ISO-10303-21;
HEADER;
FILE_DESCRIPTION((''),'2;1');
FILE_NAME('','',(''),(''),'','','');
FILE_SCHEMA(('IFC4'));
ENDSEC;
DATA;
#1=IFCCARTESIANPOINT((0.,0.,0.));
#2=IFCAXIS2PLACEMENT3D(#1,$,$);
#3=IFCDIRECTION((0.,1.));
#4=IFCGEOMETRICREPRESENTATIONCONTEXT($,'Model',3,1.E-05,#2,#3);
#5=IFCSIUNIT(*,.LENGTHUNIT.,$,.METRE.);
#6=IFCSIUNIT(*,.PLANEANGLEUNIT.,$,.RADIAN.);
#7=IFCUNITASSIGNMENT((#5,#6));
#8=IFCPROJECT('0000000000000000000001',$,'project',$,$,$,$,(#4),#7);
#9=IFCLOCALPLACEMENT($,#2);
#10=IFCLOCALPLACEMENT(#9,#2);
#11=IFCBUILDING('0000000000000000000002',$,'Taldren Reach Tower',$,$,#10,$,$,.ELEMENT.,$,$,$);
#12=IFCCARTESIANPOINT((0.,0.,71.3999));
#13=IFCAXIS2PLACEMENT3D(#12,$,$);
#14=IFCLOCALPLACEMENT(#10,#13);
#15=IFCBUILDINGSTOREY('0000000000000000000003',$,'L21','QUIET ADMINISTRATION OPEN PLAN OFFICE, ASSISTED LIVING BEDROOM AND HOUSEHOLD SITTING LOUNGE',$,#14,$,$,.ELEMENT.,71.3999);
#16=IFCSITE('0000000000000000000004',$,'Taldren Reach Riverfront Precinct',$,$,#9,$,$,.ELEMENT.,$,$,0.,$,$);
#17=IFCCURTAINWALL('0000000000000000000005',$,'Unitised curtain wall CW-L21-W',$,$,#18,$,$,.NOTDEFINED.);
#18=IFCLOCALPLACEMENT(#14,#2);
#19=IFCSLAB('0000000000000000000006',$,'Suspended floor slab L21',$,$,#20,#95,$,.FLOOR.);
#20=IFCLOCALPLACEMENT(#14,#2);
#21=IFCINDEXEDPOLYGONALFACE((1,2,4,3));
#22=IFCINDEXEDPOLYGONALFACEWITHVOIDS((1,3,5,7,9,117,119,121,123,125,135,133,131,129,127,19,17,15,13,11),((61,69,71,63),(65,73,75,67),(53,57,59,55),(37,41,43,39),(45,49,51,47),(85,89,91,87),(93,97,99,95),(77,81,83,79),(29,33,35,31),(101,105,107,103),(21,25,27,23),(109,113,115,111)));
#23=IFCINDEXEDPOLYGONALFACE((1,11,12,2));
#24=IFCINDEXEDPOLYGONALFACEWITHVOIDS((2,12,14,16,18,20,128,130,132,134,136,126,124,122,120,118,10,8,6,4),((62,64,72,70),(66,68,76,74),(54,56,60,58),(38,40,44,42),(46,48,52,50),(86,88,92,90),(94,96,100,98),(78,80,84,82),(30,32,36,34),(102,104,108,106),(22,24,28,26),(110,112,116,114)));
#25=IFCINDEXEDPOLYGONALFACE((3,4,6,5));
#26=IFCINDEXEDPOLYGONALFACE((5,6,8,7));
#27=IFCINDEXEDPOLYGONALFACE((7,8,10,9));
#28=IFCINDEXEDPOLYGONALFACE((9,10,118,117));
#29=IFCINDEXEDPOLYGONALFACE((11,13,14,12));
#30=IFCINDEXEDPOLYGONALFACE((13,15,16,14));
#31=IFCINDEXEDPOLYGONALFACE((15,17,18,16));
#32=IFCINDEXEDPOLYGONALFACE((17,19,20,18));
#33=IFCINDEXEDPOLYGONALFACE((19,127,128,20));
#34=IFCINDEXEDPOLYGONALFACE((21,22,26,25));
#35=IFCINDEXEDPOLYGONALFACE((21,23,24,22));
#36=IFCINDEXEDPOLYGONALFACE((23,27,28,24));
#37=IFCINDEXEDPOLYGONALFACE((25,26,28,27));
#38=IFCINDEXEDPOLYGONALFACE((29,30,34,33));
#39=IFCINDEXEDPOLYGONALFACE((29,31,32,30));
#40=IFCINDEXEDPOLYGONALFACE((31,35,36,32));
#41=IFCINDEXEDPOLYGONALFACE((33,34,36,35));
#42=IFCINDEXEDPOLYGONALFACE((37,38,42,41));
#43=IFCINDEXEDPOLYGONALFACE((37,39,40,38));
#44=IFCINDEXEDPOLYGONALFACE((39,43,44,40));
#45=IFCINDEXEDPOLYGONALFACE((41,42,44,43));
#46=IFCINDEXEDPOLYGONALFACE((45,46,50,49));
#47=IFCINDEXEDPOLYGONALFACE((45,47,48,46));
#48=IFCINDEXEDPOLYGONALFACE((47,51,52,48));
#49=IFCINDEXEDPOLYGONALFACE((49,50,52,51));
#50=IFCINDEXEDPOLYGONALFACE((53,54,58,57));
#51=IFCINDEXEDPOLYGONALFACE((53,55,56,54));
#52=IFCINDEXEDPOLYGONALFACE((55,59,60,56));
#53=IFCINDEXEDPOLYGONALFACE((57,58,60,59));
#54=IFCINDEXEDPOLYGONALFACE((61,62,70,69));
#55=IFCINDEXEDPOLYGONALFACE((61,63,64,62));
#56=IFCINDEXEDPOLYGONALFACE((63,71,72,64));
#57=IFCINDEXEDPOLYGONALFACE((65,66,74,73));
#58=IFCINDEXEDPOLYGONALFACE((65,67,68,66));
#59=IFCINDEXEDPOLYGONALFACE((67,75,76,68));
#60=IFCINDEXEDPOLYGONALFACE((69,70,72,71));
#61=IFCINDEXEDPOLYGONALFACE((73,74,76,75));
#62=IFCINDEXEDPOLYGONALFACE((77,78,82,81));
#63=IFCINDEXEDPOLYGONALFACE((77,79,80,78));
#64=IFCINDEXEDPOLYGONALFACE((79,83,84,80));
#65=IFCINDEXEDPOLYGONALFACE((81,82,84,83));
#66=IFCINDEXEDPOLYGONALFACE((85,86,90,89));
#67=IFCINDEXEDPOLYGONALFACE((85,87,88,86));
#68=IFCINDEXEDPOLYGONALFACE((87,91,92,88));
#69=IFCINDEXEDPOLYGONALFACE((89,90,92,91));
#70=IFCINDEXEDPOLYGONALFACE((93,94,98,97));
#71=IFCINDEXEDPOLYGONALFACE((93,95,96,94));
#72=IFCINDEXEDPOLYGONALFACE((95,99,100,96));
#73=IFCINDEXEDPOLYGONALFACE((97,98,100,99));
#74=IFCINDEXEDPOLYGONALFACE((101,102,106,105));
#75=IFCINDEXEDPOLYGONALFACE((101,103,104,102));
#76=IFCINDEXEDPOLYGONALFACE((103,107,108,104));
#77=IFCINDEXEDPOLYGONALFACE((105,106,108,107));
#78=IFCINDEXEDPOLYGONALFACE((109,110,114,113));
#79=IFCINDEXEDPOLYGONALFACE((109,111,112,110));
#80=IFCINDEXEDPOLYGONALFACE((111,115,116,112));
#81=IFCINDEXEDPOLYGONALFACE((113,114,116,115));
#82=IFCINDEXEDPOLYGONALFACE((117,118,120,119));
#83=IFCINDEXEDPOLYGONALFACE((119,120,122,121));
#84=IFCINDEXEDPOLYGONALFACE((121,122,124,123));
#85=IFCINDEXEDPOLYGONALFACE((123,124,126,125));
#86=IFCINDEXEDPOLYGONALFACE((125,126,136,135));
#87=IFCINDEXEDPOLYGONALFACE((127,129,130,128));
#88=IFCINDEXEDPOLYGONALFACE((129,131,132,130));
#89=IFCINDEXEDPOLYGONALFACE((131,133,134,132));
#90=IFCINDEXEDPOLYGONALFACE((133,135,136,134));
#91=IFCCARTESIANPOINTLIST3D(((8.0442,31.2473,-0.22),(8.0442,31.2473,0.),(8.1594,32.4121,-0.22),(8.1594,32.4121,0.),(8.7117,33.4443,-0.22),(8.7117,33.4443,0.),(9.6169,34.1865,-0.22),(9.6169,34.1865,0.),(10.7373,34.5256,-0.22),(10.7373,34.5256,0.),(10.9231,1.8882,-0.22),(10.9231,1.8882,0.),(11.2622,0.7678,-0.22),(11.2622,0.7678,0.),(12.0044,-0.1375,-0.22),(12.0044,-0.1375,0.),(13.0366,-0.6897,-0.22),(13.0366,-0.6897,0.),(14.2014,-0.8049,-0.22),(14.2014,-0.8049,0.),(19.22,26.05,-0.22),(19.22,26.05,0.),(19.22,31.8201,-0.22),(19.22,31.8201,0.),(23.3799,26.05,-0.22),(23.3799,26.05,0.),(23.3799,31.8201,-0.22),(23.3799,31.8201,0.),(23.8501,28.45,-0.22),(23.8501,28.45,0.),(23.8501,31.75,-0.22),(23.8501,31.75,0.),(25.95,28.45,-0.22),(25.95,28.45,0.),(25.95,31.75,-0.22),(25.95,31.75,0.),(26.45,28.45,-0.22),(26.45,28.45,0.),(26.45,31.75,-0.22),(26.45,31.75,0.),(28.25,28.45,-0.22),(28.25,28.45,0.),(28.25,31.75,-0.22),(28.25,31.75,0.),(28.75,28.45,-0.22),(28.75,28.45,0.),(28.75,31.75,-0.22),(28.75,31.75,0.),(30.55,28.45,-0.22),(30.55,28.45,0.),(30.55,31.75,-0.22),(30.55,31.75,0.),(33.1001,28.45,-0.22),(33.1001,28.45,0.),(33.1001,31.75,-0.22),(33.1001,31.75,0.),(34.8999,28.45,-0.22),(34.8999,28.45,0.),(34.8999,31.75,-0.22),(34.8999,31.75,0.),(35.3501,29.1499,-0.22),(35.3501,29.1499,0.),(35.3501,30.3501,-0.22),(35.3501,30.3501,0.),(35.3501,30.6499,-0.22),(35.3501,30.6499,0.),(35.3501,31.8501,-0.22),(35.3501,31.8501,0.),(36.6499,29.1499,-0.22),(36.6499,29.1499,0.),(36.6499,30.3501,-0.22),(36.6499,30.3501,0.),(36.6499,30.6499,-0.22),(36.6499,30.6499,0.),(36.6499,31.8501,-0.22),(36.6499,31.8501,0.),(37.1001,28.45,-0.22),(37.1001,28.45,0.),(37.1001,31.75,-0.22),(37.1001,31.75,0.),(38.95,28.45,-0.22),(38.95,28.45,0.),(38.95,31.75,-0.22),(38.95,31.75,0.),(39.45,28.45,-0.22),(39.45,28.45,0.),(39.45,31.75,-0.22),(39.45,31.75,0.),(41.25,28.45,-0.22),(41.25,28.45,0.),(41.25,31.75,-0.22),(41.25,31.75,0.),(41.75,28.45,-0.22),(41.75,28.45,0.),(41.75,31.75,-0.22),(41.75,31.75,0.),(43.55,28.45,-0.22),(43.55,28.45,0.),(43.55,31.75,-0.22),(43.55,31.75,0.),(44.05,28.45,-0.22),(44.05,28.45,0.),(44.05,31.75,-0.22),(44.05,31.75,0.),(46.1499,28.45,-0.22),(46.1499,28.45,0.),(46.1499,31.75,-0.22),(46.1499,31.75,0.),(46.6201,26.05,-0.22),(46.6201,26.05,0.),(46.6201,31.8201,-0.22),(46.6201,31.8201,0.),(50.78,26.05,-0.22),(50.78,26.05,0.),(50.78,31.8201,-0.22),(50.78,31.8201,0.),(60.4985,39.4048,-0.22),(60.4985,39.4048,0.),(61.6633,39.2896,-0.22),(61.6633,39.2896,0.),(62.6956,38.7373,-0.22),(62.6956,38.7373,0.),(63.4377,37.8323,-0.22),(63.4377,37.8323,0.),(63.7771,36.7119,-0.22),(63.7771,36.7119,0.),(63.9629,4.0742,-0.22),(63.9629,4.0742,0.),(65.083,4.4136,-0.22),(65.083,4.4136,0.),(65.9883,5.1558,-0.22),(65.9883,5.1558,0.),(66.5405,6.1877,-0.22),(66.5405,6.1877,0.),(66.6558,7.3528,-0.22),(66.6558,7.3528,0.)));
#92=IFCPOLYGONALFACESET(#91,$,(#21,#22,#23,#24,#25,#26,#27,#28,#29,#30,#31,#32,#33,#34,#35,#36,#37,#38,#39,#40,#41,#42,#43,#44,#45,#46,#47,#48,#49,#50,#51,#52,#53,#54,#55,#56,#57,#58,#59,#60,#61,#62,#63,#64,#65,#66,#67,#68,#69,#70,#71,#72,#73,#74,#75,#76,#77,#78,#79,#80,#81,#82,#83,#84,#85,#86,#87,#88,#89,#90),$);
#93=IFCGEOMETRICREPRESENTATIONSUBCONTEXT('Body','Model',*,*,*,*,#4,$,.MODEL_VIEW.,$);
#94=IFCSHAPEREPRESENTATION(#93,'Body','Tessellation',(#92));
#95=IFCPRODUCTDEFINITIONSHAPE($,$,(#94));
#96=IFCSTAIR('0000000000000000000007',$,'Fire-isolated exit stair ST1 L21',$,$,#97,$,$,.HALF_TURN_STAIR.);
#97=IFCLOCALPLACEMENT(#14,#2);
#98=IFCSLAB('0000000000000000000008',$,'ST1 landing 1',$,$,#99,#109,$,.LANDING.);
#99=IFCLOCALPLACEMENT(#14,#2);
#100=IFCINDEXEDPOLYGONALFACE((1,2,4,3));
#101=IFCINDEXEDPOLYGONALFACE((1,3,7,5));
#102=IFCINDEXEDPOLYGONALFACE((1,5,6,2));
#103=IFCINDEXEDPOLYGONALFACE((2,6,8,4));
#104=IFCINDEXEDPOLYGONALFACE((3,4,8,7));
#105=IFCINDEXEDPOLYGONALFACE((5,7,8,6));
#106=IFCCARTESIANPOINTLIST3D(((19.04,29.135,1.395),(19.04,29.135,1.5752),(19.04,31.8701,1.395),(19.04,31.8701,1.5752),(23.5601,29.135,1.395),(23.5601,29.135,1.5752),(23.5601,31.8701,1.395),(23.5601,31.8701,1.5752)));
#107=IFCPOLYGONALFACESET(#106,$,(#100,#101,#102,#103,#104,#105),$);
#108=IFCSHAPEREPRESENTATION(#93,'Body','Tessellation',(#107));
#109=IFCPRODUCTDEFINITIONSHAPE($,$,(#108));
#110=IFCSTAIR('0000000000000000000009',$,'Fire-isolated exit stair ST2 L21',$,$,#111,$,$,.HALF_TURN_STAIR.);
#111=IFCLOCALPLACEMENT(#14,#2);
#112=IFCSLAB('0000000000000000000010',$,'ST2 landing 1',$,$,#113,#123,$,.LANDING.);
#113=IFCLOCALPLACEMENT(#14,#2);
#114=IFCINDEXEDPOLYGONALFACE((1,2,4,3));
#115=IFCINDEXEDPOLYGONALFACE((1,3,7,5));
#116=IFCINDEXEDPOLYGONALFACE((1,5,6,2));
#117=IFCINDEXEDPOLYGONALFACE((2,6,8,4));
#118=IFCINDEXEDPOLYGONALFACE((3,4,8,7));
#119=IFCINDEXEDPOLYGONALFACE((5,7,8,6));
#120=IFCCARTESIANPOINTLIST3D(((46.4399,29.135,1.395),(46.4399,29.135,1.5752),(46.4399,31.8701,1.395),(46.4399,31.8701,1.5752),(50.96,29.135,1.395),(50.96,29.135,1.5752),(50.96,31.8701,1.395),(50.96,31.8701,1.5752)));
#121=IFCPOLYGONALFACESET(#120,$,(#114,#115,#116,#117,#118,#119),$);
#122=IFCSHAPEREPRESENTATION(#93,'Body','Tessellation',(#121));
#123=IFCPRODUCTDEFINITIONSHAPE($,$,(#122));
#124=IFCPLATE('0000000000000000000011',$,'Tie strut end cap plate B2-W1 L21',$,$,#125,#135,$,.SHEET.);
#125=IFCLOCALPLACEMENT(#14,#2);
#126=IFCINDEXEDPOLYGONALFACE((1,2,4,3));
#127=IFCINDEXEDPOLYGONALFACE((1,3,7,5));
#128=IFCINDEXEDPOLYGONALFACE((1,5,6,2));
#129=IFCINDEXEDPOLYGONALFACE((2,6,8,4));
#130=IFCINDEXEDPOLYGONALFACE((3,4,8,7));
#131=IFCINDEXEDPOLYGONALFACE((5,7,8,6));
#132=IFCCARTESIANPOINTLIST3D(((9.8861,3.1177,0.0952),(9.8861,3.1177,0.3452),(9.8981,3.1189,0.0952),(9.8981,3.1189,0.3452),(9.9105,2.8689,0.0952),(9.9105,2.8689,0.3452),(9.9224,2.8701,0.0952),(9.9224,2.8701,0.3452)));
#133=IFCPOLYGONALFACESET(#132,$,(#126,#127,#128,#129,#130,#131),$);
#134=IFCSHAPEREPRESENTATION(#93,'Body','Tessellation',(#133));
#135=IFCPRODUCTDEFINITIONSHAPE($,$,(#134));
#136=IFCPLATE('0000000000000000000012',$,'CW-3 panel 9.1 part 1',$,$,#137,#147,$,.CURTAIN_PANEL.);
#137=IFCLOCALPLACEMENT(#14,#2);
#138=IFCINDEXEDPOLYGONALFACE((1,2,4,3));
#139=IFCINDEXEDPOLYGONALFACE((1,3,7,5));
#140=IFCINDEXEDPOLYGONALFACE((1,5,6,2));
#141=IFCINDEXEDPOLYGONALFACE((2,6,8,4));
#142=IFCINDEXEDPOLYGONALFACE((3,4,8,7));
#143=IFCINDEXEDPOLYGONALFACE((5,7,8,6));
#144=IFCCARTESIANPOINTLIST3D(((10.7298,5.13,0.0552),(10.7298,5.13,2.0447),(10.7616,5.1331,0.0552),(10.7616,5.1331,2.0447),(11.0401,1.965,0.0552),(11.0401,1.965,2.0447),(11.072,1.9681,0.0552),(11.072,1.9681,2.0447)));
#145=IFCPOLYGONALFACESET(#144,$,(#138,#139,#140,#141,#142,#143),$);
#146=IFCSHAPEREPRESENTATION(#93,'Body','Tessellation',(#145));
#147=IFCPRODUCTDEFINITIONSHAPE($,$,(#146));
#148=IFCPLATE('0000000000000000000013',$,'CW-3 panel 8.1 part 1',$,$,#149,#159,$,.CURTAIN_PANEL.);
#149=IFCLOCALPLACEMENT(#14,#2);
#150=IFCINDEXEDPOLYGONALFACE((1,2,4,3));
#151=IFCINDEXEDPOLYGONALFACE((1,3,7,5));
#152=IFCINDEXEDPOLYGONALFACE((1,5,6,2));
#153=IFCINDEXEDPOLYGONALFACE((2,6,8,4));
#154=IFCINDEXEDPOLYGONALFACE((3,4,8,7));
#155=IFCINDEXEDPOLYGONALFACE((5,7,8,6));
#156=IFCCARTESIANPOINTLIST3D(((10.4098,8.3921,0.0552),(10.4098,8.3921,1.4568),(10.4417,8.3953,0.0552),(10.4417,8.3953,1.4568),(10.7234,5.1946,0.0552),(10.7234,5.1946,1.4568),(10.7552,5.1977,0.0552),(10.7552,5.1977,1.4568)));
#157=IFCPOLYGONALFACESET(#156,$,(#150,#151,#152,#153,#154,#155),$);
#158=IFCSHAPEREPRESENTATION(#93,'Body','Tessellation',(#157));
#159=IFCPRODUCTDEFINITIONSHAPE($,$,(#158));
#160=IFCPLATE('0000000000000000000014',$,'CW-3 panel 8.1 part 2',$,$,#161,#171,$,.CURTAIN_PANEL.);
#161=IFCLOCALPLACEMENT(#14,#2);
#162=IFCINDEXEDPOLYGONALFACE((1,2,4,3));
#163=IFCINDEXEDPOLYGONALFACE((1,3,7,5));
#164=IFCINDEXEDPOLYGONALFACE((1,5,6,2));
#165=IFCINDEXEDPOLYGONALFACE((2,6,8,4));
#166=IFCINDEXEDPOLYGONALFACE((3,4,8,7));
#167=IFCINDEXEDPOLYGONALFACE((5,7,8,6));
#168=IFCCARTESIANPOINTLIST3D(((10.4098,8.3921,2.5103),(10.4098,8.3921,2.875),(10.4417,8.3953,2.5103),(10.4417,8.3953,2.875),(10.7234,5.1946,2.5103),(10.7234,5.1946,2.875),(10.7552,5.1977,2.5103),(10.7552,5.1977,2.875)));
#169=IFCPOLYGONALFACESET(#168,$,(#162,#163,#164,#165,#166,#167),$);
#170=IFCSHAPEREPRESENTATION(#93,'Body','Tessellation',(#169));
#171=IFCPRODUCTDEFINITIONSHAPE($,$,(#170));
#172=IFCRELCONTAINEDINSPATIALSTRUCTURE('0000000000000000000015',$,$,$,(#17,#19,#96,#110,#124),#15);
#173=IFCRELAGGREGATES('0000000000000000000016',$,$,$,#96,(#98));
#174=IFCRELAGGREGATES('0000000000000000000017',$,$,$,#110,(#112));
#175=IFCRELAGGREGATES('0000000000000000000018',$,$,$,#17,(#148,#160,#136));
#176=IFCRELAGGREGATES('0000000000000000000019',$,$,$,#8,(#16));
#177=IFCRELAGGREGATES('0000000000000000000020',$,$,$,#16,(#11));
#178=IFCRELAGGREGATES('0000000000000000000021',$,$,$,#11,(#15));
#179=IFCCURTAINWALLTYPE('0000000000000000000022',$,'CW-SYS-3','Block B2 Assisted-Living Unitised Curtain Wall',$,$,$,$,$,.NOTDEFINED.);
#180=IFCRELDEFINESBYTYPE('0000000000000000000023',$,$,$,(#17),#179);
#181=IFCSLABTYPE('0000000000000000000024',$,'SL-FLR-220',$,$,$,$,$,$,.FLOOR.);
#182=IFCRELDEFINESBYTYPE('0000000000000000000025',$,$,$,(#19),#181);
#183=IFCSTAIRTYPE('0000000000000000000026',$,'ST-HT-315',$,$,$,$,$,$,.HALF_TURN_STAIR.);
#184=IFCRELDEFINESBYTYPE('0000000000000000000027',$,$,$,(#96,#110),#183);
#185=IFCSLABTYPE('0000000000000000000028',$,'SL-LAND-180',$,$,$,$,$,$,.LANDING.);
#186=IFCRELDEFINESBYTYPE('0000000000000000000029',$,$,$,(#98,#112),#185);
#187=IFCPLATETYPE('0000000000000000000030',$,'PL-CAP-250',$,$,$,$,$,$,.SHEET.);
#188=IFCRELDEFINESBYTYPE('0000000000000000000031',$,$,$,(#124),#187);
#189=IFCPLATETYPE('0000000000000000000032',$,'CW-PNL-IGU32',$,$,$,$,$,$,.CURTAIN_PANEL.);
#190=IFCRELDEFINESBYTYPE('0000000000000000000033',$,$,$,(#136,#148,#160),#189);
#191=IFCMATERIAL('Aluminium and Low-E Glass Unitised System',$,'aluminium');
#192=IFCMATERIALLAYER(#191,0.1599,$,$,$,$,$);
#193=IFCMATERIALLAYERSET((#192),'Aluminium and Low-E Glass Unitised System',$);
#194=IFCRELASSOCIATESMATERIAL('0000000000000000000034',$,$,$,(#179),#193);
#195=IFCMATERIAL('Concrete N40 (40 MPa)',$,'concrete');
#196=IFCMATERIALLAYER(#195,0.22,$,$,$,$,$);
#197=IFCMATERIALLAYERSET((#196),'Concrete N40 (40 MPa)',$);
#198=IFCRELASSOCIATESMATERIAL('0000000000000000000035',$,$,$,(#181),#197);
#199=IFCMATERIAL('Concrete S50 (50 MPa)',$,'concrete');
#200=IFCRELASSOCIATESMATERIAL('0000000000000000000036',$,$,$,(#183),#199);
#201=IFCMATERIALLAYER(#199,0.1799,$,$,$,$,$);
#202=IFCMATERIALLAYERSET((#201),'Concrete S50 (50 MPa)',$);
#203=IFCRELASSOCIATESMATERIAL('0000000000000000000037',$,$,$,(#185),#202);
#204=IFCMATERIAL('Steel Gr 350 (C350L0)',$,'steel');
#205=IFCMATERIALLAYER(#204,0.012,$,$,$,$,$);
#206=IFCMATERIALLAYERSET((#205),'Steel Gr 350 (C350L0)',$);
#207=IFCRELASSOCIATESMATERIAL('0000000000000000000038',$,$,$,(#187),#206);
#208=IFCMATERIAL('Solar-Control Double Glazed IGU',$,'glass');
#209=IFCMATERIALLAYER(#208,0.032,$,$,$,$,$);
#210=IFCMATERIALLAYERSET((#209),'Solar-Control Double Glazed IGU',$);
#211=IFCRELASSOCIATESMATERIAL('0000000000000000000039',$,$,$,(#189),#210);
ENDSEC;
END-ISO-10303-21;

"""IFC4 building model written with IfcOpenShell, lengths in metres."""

from ifc_helpers import new_model, si_unit, direction, frame, origin, origin_2d, place, context, subcontext, project, spatial, polyline, rectangle, outline, extrude, source, transform, mapped, material, layer, layer_set, type_object, element, aggregate, save


model = new_model("IFC4")

# Units and contexts
model_context = context("Model", 3, precision=1e-05, world=origin(), true_north=direction((0.0, 1.0)))
body_context = subcontext(model_context, "Body", "Model", "MODEL_VIEW")
ifc_project = project(units=[si_unit("LENGTHUNIT", "METRE"), si_unit("PLANEANGLEUNIT", "RADIAN")], contexts=[model_context])

# Site, building, storey
site_placement = place(None, origin())
site = spatial("IfcSite", under=ifc_project, at=site_placement, Name="Taldren Reach Riverfront Precinct", CompositionType="ELEMENT", RefElevation=0.0)
building_placement = place(site_placement, origin())
building = spatial("IfcBuilding", under=site, at=building_placement, Name="Taldren Reach Tower", CompositionType="ELEMENT")
storey_placement = place(building_placement, frame((0.0, 0.0, 71.3999)))
storey = spatial("IfcBuildingStorey", under=building, at=storey_placement, Name="L21", Description="QUIET ADMINISTRATION OPEN PLAN OFFICE, ASSISTED LIVING BEDROOM AND HOUSEHOLD SITTING LOUNGE", CompositionType="ELEMENT", Elevation=71.3999)

# Shared definitions
ifc_material_1 = material(Name="Steel Gr 350 (C350L0)", Category="steel")

# Curtain wall
ifc_material_2 = material(Name="Aluminium and Low-E Glass Unitised System", Category="aluminium")
ifc_layer_1 = layer(ifc_material_2, 0.1599)
ifc_layer_set_1 = layer_set([ifc_layer_1], Name="Aluminium and Low-E Glass Unitised System")
curtain_wall_type = type_object("IfcCurtainWallType", Name="CW-SYS-3", Description="Block B2 Assisted-Living Unitised Curtain Wall", PredefinedType="NOTDEFINED", material=ifc_layer_set_1)
curtain_wall_placement = place(storey_placement, origin())
curtain_wall = element("IfcCurtainWall", 1, at=curtain_wall_placement, inside=storey, type_object=curtain_wall_type, Name="Unitised curtain wall CW-L21-W", PredefinedType="NOTDEFINED")

# Slab
ifc_material_3 = material(Name="Concrete N40 (40 MPa)", Category="concrete")
ifc_layer_2 = layer(ifc_material_3, 0.22)
ifc_layer_set_2 = layer_set([ifc_layer_2], Name="Concrete N40 (40 MPa)")
slab_type_1 = type_object("IfcSlabType", Name="SL-FLR-220", PredefinedType="FLOOR", material=ifc_layer_set_2)
slab_1_placement = place(storey_placement, frame((0.0, 0.0, -0.22)))
element("IfcSlab", 2, at=slab_1_placement, inside=storey, type_object=slab_type_1, Name="Suspended floor slab L21", PredefinedType="FLOOR", context=body_context, shape_type="SweptSolid", body=[
    extrude(outline(polyline([(63.9629, 4.0742), (65.083, 4.4136), (65.9883, 5.1558), (66.5405, 6.1877), (66.6558, 7.3528), (63.7771, 36.7119), (63.4377, 37.8323), (62.6956, 38.7373), (61.6633, 39.2896), (60.4985, 39.4048), (10.7373, 34.5256), (9.6169, 34.1865), (8.7117, 33.4443), (8.1594, 32.4121), (8.0442, 31.2473), (10.9231, 1.8882), (11.2622, 0.7678), (12.0044, -0.1375), (13.0366, -0.6897), (14.2014, -0.8049), (63.9629, 4.0742)]), holes=[polyline([(19.22, 26.05), (23.3799, 26.05), (23.3799, 31.8201), (19.22, 31.8201), (19.22, 26.05)]), polyline([(46.6201, 26.05), (50.78, 26.05), (50.78, 31.8201), (46.6201, 31.8201), (46.6201, 26.05)]), polyline([(23.8501, 28.45), (25.95, 28.45), (25.95, 31.75), (23.8501, 31.75), (23.8501, 28.45)]), polyline([(44.05, 28.45), (46.1499, 28.45), (46.1499, 31.75), (44.05, 31.75), (44.05, 28.45)]), polyline([(26.45, 28.45), (28.25, 28.45), (28.25, 31.75), (26.45, 31.75), (26.45, 28.45)]), polyline([(28.75, 28.45), (30.55, 28.45), (30.55, 31.75), (28.75, 31.75), (28.75, 28.45)]), polyline([(33.1001, 28.45), (34.8999, 28.45), (34.8999, 31.75), (33.1001, 31.75), (33.1001, 28.45)]), polyline([(37.1001, 28.45), (38.95, 28.45), (38.95, 31.75), (37.1001, 31.75), (37.1001, 28.45)]), polyline([(39.45, 28.45), (41.25, 28.45), (41.25, 31.75), (39.45, 31.75), (39.45, 28.45)]), polyline([(41.75, 28.45), (43.55, 28.45), (43.55, 31.75), (41.75, 31.75), (41.75, 28.45)]), polyline([(35.3501, 30.6499), (36.6499, 30.6499), (36.6499, 31.8501), (35.3501, 31.8501), (35.3501, 30.6499)]), polyline([(35.3501, 29.1499), (36.6499, 29.1499), (36.6499, 30.3501), (35.3501, 30.3501), (35.3501, 29.1499)])]), origin(), (0.0, 0.0, 1.0), 0.22),
])

# Stairs, slabs
ifc_material_4 = material(Name="Concrete S50 (50 MPa)", Category="concrete")
stair_type = type_object("IfcStairType", Name="ST-HT-315", PredefinedType="HALF_TURN_STAIR", material=ifc_material_4)
stair_1_placement = place(storey_placement, origin())
stair_1 = element("IfcStair", 3, at=stair_1_placement, inside=storey, type_object=stair_type, Name="Fire-isolated exit stair ST1 L21", PredefinedType="HALF_TURN_STAIR")
ifc_layer_3 = layer(ifc_material_4, 0.1799)
ifc_layer_set_3 = layer_set([ifc_layer_3], Name="Concrete S50 (50 MPa)")
slab_type_2 = type_object("IfcSlabType", Name="SL-LAND-180", PredefinedType="LANDING", material=ifc_layer_set_3)
slab_2_placement = place(storey_placement, frame((0.0, 0.0, 1.395)))
slab_2 = element("IfcSlab", 4, at=slab_2_placement, type_object=slab_type_2, Name="ST1 landing 1", PredefinedType="LANDING", context=body_context, shape_type="SweptSolid", body=[
    extrude(outline(polyline([(19.04, 29.135), (23.5601, 29.135), (23.5601, 31.8701), (19.04, 31.8701), (19.04, 29.135)])), origin(), (0.0, 0.0, 1.0), 0.1802),
])
aggregate(stair_1, [slab_2])
stair_2_placement = place(storey_placement, origin())
stair_2 = element("IfcStair", 5, at=stair_2_placement, inside=storey, type_object=stair_type, Name="Fire-isolated exit stair ST2 L21", PredefinedType="HALF_TURN_STAIR")
slab_3_placement = place(storey_placement, frame((0.0, 0.0, 1.395)))
slab_3 = element("IfcSlab", 6, at=slab_3_placement, type_object=slab_type_2, Name="ST2 landing 1", PredefinedType="LANDING", context=body_context, shape_type="SweptSolid", body=[
    extrude(outline(polyline([(46.4399, 29.135), (50.96, 29.135), (50.96, 31.8701), (46.4399, 31.8701), (46.4399, 29.135)])), origin(), (0.0, 0.0, 1.0), 0.1802),
])
aggregate(stair_2, [slab_3])

# Plates
ifc_layer_4 = layer(ifc_material_1, 0.012)
ifc_layer_set_4 = layer_set([ifc_layer_4], Name="Steel Gr 350 (C350L0)")
plate_type_1 = type_object("IfcPlateType", Name="PL-CAP-250", PredefinedType="SHEET", material=ifc_layer_set_4)
shared_shape_1 = source(origin(), body_context, "Body", "SweptSolid", [
    extrude(rectangle(XDim=0.012, YDim=0.25, at=origin_2d()), origin(), (0.0, 0.0, 1.0), 0.25),
])
plate_1_placement = place(storey_placement, frame((9.9043, 2.9939, 0.0952), z_axis=(0.0, 0.0, 1.0), x_axis=(0.995227, 0.097583, 0.0)))
element("IfcPlate", 7, at=plate_1_placement, inside=storey, type_object=plate_type_1, Name="Tie strut end cap plate B2-W1 L21", PredefinedType="SHEET", context=body_context, shape_type="MappedRepresentation", body=[
    mapped(shared_shape_1, transform((0.0, 0.0, 0.0), scale=1.0)),
])
ifc_material_5 = material(Name="Solar-Control Double Glazed IGU", Category="glass")
ifc_layer_5 = layer(ifc_material_5, 0.032)
ifc_layer_set_5 = layer_set([ifc_layer_5], Name="Solar-Control Double Glazed IGU")
plate_type_2 = type_object("IfcPlateType", Name="CW-PNL-IGU32", PredefinedType="CURTAIN_PANEL", material=ifc_layer_set_5)
shared_shape_2 = source(origin(), body_context, "Body", "SweptSolid", [
    extrude(rectangle(XDim=3.1802, YDim=0.032, at=origin_2d()), origin(), (0.0, 0.0, 1.0), 1.9895),
])
plate_2_placement = place(storey_placement, frame((10.9009, 3.5491, 0.0552), z_axis=(0.0, 0.0, 1.0), x_axis=(0.097583, -0.995227, 0.0)))
plate_2 = element("IfcPlate", 8, at=plate_2_placement, type_object=plate_type_2, Name="CW-3 panel 9.1 part 1", PredefinedType="CURTAIN_PANEL", context=body_context, shape_type="MappedRepresentation", body=[
    mapped(shared_shape_2, transform((0.0, 0.0, 0.0), scale=1.0)),
])
shared_shape_3 = source(origin(), body_context, "Body", "SweptSolid", [
    extrude(rectangle(XDim=3.2129, YDim=0.032, at=origin_2d()), origin(), (0.0, 0.0, 1.0), 1.4016),
])
plate_3_placement = place(storey_placement, frame((10.5825, 6.7949, 0.0552), z_axis=(0.0, 0.0, 1.0), x_axis=(0.097583, -0.995227, 0.0)))
plate_3 = element("IfcPlate", 9, at=plate_3_placement, type_object=plate_type_2, Name="CW-3 panel 8.1 part 1", PredefinedType="CURTAIN_PANEL", context=body_context, shape_type="MappedRepresentation", body=[
    mapped(shared_shape_3, transform((0.0, 0.0, 0.0), scale=1.0)),
])
shared_shape_4 = source(origin(), body_context, "Body", "SweptSolid", [
    extrude(rectangle(XDim=3.2129, YDim=0.032, at=origin_2d()), origin(), (0.0, 0.0, 1.0), 0.3647),
])
plate_4_placement = place(storey_placement, frame((10.5825, 6.7949, 2.5103), z_axis=(0.0, 0.0, 1.0), x_axis=(0.097583, -0.995227, 0.0)))
plate_4 = element("IfcPlate", 10, at=plate_4_placement, type_object=plate_type_2, Name="CW-3 panel 8.1 part 2", PredefinedType="CURTAIN_PANEL", context=body_context, shape_type="MappedRepresentation", body=[
    mapped(shared_shape_4, transform((0.0, 0.0, 0.0), scale=1.0)),
])
aggregate(curtain_wall, [plate_3, plate_4, plate_2])

save(model, "model.ifc")
